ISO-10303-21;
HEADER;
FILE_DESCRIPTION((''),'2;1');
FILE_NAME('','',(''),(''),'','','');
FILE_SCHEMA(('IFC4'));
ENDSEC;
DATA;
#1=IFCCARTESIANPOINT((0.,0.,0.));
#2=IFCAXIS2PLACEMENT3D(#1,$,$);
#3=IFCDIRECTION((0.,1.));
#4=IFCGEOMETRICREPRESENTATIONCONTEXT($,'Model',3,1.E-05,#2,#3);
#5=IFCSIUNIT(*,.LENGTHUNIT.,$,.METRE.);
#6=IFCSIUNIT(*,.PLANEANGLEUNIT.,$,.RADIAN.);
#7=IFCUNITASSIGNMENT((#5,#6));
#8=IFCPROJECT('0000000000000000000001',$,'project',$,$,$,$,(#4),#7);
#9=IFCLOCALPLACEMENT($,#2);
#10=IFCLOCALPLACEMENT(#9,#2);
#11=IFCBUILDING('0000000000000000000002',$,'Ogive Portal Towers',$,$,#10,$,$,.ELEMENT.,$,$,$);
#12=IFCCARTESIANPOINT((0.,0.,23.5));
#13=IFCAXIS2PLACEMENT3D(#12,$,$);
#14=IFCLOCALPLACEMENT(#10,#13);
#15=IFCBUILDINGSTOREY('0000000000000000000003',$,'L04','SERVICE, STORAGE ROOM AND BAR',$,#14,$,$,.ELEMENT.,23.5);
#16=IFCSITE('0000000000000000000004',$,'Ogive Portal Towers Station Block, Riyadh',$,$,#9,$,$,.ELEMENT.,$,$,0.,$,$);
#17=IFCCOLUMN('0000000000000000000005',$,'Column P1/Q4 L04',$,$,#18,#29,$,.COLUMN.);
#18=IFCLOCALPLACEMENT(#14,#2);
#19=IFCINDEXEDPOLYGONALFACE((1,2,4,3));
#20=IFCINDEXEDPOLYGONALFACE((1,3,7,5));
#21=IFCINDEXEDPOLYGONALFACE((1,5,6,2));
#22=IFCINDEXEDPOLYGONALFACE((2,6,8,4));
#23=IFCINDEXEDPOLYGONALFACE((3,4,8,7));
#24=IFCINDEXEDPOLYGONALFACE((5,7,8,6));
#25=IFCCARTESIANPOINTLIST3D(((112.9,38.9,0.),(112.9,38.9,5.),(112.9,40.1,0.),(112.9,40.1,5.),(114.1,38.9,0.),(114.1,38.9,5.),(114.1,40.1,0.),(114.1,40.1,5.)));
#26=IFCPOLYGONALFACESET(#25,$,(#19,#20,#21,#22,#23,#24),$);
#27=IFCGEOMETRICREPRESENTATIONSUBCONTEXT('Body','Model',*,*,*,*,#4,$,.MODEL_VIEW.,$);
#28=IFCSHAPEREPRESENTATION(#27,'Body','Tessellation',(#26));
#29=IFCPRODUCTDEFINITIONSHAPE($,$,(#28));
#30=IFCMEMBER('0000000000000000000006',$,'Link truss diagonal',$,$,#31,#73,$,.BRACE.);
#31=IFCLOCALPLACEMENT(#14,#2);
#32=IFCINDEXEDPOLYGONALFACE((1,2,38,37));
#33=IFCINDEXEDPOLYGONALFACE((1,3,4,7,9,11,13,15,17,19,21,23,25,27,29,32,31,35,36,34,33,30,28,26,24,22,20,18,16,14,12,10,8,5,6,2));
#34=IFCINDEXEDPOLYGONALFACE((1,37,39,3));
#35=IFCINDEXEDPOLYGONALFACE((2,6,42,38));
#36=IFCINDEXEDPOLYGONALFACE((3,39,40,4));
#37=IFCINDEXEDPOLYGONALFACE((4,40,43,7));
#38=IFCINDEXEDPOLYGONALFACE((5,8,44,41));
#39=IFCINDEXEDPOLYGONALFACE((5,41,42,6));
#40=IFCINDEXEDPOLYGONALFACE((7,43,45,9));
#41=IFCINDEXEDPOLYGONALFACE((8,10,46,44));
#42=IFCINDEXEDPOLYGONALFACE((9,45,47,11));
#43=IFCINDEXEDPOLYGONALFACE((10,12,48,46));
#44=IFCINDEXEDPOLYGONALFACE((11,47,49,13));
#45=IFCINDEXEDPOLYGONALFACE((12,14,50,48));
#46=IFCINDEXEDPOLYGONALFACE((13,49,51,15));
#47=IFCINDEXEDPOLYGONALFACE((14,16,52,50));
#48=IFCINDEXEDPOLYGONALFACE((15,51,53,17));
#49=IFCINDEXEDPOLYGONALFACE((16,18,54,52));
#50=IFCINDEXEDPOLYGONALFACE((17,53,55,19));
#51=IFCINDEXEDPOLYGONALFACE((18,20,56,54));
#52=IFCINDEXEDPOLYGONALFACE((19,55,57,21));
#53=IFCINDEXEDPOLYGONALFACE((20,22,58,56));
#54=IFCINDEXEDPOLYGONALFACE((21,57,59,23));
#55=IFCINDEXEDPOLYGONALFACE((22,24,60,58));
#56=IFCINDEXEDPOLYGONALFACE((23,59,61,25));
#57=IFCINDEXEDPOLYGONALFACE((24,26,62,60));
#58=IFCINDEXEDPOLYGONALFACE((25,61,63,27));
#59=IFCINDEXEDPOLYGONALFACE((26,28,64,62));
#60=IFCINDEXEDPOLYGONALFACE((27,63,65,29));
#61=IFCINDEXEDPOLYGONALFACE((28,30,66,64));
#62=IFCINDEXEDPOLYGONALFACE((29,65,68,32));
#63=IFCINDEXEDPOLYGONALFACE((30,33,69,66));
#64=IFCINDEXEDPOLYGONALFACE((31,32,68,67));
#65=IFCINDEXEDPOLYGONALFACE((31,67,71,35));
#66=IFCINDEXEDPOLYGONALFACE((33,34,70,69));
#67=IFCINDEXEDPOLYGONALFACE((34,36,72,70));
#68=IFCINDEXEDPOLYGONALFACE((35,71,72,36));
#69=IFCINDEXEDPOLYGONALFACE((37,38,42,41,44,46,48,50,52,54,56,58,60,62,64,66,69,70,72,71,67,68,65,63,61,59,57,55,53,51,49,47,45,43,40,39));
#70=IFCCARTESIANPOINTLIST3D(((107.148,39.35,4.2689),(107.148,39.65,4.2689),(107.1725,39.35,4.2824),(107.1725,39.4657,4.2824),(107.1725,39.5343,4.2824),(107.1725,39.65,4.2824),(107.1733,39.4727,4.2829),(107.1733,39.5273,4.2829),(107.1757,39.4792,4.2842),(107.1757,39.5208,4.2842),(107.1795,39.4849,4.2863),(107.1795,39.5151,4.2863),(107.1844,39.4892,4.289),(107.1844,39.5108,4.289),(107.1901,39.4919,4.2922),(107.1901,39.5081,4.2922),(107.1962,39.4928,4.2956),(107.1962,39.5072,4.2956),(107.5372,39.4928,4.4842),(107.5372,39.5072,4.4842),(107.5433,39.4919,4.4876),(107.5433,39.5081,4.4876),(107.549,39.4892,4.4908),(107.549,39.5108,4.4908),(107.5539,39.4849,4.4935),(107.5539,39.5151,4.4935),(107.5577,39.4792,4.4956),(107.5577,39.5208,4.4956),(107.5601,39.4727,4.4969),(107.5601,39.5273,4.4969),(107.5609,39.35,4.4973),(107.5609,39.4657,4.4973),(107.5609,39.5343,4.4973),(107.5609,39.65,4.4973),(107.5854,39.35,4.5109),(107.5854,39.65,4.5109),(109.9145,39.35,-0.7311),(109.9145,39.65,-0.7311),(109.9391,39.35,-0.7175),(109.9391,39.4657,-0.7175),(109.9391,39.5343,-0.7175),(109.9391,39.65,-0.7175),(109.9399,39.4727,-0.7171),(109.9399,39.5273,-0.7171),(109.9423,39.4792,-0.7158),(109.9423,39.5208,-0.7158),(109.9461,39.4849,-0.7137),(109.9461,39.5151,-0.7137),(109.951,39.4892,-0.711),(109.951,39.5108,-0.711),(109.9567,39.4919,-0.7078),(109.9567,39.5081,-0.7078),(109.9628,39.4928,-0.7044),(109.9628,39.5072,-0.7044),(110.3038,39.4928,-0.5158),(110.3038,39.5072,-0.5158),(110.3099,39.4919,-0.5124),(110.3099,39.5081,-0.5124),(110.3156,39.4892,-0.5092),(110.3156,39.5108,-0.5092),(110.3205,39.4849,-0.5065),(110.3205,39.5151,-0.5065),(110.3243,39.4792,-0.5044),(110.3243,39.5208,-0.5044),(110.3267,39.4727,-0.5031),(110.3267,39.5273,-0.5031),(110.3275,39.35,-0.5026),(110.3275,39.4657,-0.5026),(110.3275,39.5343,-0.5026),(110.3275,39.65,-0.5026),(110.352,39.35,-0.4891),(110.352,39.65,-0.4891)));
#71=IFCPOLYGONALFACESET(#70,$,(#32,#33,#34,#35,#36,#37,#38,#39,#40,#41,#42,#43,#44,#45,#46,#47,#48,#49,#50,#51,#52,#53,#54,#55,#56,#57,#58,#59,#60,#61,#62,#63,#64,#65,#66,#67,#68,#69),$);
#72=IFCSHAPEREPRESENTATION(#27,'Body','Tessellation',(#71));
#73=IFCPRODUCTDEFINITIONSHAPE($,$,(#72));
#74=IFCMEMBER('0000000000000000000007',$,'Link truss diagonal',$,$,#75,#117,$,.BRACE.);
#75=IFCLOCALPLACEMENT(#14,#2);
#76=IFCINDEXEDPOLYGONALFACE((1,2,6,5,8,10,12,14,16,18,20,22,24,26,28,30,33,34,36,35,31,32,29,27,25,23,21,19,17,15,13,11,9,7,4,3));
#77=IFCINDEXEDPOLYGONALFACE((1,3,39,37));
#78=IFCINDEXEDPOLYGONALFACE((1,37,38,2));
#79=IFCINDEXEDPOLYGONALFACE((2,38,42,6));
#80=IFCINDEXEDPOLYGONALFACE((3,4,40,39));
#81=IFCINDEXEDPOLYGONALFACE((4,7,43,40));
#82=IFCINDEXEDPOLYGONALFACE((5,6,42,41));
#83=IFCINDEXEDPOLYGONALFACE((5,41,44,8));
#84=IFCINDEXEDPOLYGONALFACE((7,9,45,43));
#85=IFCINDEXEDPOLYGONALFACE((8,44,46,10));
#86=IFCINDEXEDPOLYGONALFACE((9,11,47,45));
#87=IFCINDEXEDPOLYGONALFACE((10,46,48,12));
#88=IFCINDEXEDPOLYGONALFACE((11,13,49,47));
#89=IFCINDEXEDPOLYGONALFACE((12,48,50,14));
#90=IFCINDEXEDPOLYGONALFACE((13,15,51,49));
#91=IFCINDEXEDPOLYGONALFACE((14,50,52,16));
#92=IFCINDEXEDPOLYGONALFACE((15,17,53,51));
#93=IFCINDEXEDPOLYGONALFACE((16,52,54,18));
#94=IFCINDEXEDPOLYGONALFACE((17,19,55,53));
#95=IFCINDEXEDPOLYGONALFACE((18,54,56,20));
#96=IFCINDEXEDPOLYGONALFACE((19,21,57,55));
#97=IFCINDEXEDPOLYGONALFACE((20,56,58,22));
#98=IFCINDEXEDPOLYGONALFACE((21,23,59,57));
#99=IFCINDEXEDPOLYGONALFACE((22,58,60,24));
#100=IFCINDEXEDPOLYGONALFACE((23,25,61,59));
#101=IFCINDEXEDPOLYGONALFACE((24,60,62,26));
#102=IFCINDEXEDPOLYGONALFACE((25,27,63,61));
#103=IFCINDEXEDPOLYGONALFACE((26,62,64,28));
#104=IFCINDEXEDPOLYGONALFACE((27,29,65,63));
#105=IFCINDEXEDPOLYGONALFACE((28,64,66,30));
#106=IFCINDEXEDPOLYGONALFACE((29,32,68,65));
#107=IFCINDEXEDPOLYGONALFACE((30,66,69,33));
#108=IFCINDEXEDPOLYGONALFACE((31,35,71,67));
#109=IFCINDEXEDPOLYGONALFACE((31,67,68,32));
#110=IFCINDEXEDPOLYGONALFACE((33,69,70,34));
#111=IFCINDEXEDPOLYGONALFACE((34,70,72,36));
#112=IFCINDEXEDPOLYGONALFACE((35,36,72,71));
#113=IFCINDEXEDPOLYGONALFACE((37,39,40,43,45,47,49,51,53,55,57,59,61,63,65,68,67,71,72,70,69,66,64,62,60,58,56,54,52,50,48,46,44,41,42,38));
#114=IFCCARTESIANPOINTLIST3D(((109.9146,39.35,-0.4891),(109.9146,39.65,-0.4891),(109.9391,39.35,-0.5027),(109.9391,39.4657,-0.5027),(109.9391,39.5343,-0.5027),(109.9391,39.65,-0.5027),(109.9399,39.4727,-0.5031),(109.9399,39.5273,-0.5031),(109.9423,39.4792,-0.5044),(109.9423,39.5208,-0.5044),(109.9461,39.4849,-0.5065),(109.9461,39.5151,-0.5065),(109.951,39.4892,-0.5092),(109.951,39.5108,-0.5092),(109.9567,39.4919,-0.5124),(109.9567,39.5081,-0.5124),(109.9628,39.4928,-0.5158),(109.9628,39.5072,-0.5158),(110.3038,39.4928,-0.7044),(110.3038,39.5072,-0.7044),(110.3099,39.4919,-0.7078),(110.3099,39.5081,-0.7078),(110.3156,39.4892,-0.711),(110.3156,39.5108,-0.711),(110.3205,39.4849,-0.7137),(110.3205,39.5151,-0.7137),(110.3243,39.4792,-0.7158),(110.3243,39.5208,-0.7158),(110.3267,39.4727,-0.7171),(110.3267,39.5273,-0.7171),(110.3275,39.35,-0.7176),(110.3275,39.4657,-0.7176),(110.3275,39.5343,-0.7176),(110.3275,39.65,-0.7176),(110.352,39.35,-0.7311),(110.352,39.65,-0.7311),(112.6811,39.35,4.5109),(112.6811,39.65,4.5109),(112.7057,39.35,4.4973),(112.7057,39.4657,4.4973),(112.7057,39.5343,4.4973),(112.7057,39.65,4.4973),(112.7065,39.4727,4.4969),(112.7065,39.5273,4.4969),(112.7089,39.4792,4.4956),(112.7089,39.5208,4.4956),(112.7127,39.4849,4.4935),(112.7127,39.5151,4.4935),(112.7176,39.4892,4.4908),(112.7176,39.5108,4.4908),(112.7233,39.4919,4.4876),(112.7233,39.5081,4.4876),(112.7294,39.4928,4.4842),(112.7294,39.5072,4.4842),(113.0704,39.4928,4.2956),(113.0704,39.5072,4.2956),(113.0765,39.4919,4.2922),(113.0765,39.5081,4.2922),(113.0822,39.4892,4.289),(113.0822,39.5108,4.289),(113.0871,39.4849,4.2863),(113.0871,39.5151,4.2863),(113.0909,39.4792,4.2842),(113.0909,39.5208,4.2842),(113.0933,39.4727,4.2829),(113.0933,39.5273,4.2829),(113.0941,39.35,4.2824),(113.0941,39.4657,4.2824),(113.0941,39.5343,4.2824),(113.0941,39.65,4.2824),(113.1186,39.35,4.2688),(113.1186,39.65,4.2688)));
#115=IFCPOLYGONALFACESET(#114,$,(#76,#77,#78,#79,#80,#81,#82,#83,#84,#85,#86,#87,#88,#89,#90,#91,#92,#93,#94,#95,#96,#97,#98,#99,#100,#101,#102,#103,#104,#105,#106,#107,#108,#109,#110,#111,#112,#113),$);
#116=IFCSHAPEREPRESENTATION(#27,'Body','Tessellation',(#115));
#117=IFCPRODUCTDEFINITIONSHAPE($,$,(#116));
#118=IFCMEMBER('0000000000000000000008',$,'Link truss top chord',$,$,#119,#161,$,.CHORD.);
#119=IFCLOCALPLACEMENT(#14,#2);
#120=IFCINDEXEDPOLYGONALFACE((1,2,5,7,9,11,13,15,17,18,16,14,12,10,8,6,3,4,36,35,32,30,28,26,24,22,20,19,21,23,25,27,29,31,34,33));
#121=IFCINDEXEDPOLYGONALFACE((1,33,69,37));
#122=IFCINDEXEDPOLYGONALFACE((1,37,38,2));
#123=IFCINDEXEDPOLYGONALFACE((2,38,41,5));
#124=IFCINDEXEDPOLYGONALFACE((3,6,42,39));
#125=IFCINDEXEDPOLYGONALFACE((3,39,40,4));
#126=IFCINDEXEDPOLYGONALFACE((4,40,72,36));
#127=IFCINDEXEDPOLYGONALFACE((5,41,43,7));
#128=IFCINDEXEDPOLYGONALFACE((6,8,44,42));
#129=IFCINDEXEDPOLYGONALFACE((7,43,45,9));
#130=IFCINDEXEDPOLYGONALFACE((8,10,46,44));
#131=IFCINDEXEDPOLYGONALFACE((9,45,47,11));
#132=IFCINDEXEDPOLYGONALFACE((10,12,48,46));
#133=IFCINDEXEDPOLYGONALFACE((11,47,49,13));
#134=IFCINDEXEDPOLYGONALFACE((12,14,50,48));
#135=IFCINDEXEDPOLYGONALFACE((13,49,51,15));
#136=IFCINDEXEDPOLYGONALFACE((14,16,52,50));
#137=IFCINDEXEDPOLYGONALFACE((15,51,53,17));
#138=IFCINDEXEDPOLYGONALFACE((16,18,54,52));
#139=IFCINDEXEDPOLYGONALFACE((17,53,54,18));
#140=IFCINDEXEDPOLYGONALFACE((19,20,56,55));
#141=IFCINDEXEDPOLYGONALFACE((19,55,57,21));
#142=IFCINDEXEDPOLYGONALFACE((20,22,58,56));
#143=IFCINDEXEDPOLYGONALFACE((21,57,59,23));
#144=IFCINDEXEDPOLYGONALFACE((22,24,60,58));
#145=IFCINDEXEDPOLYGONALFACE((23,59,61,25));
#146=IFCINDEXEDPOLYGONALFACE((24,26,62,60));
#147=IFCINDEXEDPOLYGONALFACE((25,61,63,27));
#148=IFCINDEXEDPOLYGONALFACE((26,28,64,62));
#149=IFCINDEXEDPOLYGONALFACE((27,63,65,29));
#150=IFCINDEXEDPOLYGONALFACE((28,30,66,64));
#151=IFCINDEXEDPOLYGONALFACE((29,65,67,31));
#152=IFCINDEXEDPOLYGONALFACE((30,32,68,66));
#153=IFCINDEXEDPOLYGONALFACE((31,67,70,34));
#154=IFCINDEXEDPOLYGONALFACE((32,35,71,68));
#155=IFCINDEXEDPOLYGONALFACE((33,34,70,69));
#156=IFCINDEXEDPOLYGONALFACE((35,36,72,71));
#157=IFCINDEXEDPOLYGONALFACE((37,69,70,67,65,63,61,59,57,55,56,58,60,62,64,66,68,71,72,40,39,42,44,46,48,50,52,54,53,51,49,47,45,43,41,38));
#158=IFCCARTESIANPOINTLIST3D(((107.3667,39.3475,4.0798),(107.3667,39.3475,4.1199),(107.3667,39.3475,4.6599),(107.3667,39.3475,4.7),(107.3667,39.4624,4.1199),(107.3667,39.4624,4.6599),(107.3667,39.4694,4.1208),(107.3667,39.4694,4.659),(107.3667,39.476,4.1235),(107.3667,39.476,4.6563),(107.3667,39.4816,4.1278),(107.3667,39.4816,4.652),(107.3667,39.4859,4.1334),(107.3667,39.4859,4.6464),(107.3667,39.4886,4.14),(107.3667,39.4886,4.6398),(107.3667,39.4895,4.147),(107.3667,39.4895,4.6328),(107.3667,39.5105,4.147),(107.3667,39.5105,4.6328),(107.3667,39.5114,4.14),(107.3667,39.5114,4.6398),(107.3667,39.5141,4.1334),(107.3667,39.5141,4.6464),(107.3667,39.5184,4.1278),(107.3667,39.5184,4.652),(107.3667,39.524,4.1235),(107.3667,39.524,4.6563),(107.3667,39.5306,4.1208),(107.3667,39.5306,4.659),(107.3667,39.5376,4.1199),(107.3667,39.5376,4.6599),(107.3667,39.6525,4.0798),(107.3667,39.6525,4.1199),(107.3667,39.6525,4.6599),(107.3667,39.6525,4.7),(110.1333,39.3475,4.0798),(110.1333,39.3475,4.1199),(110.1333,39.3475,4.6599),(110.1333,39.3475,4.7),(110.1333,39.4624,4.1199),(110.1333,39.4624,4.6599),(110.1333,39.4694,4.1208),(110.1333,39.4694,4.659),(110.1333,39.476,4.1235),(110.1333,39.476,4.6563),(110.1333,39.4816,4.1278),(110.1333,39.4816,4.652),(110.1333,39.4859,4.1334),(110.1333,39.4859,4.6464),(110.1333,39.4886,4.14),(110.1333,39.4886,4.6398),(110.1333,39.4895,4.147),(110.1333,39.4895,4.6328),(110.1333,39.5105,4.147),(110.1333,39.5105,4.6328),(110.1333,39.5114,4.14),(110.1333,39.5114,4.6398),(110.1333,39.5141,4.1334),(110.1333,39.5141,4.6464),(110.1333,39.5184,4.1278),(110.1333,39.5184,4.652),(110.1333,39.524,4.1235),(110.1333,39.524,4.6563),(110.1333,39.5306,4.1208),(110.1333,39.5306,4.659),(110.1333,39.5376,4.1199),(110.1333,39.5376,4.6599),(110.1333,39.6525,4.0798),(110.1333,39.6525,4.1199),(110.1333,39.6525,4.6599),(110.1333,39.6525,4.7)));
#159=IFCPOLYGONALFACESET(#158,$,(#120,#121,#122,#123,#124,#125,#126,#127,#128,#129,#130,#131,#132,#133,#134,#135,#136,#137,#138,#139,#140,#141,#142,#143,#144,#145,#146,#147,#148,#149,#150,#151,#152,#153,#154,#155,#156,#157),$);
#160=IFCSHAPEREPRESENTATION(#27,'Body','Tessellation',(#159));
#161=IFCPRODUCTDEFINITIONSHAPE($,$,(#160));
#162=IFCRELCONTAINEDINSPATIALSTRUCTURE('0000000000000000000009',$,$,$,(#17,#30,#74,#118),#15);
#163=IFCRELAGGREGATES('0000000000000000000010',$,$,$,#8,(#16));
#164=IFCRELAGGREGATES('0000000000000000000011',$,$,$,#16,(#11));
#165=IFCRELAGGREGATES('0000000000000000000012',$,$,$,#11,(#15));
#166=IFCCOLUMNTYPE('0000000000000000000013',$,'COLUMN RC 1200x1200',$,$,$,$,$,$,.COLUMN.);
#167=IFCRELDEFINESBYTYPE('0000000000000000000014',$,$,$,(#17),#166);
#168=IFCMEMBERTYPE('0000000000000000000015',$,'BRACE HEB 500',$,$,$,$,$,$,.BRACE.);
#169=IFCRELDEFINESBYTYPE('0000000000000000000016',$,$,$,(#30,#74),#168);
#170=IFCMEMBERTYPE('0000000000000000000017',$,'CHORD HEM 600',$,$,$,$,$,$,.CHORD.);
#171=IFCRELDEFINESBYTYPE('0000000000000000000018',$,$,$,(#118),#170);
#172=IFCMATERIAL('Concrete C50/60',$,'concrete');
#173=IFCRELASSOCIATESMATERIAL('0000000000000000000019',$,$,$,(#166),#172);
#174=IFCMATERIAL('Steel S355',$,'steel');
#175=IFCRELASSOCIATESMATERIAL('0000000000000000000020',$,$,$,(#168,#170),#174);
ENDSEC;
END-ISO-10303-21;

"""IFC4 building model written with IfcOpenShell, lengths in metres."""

from ifc_helpers import new_model, si_unit, direction, frame, origin, origin_2d, place, context, subcontext, project, spatial, rectangle, i_section, extrude, material, material_profile, profile_set, type_object, element, save


model = new_model("IFC4")

# Units and contexts
model_context = context("Model", 3, precision=1e-05, world=origin(), true_north=direction((0.0, 1.0)))
body_context = subcontext(model_context, "Body", "Model", "MODEL_VIEW")
ifc_project = project(units=[si_unit("LENGTHUNIT", "METRE"), si_unit("PLANEANGLEUNIT", "RADIAN")], contexts=[model_context])

# Site, building, storey
site_placement = place(None, origin())
site = spatial("IfcSite", under=ifc_project, at=site_placement, Name="Ogive Portal Towers Station Block, Riyadh", CompositionType="ELEMENT", RefElevation=0.0)
building_placement = place(site_placement, origin())
building = spatial("IfcBuilding", under=site, at=building_placement, Name="Ogive Portal Towers", CompositionType="ELEMENT")
storey_placement = place(building_placement, frame((0.0, 0.0, 23.5)))
storey = spatial("IfcBuildingStorey", under=building, at=storey_placement, Name="L04", Description="SERVICE, STORAGE ROOM AND BAR", CompositionType="ELEMENT", Elevation=23.5)

# Column
ifc_material_1 = material(Name="Concrete C50/60", Category="concrete")
ifc_material_profile_1 = material_profile(ifc_material_1, rectangle(XDim=1.2, YDim=1.2, at=origin_2d()), Name="RC 1200x1200")
ifc_profile_set_1 = profile_set([ifc_material_profile_1], Name="Concrete C50/60")
column_type = type_object("IfcColumnType", Name="COLUMN RC 1200x1200", PredefinedType="COLUMN", material=ifc_profile_set_1)
column_placement = place(storey_placement, frame((113.5, 39.5, 0.0), z_axis=(0.0, 0.0, 1.0), x_axis=(1.0, 0.0, 0.0)))
element("IfcColumn", 1, at=column_placement, inside=storey, type_object=column_type, Name="Column P1/Q4 L04", PredefinedType="COLUMN", context=body_context, shape_type="SweptSolid", body=[
    extrude(rectangle(XDim=1.2, YDim=1.2, at=origin_2d()), origin(), (0.0, 0.0, 1.0), 5.0),
])

# Members
ifc_material_2 = material(Name="Steel S355", Category="steel")
ifc_material_profile_2 = material_profile(ifc_material_2, i_section(OverallWidth=0.3, OverallDepth=0.5, WebThickness=0.0144, FlangeThickness=0.0281, FilletRadius=0.0271, at=origin_2d()), Name="HEB 500")
ifc_profile_set_2 = profile_set([ifc_material_profile_2], Name="Steel S355")
member_type_1 = type_object("IfcMemberType", Name="BRACE HEB 500", PredefinedType="BRACE", material=ifc_profile_set_2)
for number, where, z_axis, x_axis, name in (
    (2, (107.3667, 39.5, 4.3899), (0.484148, 0.0, -0.874986), (0.0, 1.0, 0.0), "Link truss diagonal"),
    (3, (110.1333, 39.5, -0.6101), (0.484148, 0.0, 0.874986), (0.0, 1.0, 0.0), "Link truss diagonal"),
):
    element("IfcMember", number, at=place(storey_placement, frame(where, z_axis=z_axis, x_axis=x_axis)), inside=storey, type_object=member_type_1, Name=name, PredefinedType="BRACE", context=body_context, shape_type="SweptSolid", body=[
        extrude(i_section(OverallWidth=0.3, OverallDepth=0.5, WebThickness=0.0144, FlangeThickness=0.0281, FilletRadius=0.0271, at=origin_2d()), origin(), (0.0, 0.0, 1.0), 5.7144),
    ])
ifc_material_profile_3 = material_profile(ifc_material_2, i_section(OverallWidth=0.3049, OverallDepth=0.6201, WebThickness=0.021, FlangeThickness=0.04, FilletRadius=0.0271, at=origin_2d()), Name="HEM 600")
ifc_profile_set_3 = profile_set([ifc_material_profile_3], Name="Steel S355")
member_type_2 = type_object("IfcMemberType", Name="CHORD HEM 600", PredefinedType="CHORD", material=ifc_profile_set_3)
for number, where, z_axis, x_axis, name in (
    (4, (107.3667, 39.5, 4.3899), (1.0, 0.0, 0.0), (0.0, 1.0, 0.0), "Link truss top chord"),
):
    element("IfcMember", number, at=place(storey_placement, frame(where, z_axis=z_axis, x_axis=x_axis)), inside=storey, type_object=member_type_2, Name=name, PredefinedType="CHORD", context=body_context, shape_type="SweptSolid", body=[
        extrude(i_section(OverallWidth=0.3049, OverallDepth=0.6201, WebThickness=0.021, FlangeThickness=0.04, FilletRadius=0.0271, at=origin_2d()), origin(), (0.0, 0.0, 1.0), 2.7666),
    ])

save(model, "model.ifc")
